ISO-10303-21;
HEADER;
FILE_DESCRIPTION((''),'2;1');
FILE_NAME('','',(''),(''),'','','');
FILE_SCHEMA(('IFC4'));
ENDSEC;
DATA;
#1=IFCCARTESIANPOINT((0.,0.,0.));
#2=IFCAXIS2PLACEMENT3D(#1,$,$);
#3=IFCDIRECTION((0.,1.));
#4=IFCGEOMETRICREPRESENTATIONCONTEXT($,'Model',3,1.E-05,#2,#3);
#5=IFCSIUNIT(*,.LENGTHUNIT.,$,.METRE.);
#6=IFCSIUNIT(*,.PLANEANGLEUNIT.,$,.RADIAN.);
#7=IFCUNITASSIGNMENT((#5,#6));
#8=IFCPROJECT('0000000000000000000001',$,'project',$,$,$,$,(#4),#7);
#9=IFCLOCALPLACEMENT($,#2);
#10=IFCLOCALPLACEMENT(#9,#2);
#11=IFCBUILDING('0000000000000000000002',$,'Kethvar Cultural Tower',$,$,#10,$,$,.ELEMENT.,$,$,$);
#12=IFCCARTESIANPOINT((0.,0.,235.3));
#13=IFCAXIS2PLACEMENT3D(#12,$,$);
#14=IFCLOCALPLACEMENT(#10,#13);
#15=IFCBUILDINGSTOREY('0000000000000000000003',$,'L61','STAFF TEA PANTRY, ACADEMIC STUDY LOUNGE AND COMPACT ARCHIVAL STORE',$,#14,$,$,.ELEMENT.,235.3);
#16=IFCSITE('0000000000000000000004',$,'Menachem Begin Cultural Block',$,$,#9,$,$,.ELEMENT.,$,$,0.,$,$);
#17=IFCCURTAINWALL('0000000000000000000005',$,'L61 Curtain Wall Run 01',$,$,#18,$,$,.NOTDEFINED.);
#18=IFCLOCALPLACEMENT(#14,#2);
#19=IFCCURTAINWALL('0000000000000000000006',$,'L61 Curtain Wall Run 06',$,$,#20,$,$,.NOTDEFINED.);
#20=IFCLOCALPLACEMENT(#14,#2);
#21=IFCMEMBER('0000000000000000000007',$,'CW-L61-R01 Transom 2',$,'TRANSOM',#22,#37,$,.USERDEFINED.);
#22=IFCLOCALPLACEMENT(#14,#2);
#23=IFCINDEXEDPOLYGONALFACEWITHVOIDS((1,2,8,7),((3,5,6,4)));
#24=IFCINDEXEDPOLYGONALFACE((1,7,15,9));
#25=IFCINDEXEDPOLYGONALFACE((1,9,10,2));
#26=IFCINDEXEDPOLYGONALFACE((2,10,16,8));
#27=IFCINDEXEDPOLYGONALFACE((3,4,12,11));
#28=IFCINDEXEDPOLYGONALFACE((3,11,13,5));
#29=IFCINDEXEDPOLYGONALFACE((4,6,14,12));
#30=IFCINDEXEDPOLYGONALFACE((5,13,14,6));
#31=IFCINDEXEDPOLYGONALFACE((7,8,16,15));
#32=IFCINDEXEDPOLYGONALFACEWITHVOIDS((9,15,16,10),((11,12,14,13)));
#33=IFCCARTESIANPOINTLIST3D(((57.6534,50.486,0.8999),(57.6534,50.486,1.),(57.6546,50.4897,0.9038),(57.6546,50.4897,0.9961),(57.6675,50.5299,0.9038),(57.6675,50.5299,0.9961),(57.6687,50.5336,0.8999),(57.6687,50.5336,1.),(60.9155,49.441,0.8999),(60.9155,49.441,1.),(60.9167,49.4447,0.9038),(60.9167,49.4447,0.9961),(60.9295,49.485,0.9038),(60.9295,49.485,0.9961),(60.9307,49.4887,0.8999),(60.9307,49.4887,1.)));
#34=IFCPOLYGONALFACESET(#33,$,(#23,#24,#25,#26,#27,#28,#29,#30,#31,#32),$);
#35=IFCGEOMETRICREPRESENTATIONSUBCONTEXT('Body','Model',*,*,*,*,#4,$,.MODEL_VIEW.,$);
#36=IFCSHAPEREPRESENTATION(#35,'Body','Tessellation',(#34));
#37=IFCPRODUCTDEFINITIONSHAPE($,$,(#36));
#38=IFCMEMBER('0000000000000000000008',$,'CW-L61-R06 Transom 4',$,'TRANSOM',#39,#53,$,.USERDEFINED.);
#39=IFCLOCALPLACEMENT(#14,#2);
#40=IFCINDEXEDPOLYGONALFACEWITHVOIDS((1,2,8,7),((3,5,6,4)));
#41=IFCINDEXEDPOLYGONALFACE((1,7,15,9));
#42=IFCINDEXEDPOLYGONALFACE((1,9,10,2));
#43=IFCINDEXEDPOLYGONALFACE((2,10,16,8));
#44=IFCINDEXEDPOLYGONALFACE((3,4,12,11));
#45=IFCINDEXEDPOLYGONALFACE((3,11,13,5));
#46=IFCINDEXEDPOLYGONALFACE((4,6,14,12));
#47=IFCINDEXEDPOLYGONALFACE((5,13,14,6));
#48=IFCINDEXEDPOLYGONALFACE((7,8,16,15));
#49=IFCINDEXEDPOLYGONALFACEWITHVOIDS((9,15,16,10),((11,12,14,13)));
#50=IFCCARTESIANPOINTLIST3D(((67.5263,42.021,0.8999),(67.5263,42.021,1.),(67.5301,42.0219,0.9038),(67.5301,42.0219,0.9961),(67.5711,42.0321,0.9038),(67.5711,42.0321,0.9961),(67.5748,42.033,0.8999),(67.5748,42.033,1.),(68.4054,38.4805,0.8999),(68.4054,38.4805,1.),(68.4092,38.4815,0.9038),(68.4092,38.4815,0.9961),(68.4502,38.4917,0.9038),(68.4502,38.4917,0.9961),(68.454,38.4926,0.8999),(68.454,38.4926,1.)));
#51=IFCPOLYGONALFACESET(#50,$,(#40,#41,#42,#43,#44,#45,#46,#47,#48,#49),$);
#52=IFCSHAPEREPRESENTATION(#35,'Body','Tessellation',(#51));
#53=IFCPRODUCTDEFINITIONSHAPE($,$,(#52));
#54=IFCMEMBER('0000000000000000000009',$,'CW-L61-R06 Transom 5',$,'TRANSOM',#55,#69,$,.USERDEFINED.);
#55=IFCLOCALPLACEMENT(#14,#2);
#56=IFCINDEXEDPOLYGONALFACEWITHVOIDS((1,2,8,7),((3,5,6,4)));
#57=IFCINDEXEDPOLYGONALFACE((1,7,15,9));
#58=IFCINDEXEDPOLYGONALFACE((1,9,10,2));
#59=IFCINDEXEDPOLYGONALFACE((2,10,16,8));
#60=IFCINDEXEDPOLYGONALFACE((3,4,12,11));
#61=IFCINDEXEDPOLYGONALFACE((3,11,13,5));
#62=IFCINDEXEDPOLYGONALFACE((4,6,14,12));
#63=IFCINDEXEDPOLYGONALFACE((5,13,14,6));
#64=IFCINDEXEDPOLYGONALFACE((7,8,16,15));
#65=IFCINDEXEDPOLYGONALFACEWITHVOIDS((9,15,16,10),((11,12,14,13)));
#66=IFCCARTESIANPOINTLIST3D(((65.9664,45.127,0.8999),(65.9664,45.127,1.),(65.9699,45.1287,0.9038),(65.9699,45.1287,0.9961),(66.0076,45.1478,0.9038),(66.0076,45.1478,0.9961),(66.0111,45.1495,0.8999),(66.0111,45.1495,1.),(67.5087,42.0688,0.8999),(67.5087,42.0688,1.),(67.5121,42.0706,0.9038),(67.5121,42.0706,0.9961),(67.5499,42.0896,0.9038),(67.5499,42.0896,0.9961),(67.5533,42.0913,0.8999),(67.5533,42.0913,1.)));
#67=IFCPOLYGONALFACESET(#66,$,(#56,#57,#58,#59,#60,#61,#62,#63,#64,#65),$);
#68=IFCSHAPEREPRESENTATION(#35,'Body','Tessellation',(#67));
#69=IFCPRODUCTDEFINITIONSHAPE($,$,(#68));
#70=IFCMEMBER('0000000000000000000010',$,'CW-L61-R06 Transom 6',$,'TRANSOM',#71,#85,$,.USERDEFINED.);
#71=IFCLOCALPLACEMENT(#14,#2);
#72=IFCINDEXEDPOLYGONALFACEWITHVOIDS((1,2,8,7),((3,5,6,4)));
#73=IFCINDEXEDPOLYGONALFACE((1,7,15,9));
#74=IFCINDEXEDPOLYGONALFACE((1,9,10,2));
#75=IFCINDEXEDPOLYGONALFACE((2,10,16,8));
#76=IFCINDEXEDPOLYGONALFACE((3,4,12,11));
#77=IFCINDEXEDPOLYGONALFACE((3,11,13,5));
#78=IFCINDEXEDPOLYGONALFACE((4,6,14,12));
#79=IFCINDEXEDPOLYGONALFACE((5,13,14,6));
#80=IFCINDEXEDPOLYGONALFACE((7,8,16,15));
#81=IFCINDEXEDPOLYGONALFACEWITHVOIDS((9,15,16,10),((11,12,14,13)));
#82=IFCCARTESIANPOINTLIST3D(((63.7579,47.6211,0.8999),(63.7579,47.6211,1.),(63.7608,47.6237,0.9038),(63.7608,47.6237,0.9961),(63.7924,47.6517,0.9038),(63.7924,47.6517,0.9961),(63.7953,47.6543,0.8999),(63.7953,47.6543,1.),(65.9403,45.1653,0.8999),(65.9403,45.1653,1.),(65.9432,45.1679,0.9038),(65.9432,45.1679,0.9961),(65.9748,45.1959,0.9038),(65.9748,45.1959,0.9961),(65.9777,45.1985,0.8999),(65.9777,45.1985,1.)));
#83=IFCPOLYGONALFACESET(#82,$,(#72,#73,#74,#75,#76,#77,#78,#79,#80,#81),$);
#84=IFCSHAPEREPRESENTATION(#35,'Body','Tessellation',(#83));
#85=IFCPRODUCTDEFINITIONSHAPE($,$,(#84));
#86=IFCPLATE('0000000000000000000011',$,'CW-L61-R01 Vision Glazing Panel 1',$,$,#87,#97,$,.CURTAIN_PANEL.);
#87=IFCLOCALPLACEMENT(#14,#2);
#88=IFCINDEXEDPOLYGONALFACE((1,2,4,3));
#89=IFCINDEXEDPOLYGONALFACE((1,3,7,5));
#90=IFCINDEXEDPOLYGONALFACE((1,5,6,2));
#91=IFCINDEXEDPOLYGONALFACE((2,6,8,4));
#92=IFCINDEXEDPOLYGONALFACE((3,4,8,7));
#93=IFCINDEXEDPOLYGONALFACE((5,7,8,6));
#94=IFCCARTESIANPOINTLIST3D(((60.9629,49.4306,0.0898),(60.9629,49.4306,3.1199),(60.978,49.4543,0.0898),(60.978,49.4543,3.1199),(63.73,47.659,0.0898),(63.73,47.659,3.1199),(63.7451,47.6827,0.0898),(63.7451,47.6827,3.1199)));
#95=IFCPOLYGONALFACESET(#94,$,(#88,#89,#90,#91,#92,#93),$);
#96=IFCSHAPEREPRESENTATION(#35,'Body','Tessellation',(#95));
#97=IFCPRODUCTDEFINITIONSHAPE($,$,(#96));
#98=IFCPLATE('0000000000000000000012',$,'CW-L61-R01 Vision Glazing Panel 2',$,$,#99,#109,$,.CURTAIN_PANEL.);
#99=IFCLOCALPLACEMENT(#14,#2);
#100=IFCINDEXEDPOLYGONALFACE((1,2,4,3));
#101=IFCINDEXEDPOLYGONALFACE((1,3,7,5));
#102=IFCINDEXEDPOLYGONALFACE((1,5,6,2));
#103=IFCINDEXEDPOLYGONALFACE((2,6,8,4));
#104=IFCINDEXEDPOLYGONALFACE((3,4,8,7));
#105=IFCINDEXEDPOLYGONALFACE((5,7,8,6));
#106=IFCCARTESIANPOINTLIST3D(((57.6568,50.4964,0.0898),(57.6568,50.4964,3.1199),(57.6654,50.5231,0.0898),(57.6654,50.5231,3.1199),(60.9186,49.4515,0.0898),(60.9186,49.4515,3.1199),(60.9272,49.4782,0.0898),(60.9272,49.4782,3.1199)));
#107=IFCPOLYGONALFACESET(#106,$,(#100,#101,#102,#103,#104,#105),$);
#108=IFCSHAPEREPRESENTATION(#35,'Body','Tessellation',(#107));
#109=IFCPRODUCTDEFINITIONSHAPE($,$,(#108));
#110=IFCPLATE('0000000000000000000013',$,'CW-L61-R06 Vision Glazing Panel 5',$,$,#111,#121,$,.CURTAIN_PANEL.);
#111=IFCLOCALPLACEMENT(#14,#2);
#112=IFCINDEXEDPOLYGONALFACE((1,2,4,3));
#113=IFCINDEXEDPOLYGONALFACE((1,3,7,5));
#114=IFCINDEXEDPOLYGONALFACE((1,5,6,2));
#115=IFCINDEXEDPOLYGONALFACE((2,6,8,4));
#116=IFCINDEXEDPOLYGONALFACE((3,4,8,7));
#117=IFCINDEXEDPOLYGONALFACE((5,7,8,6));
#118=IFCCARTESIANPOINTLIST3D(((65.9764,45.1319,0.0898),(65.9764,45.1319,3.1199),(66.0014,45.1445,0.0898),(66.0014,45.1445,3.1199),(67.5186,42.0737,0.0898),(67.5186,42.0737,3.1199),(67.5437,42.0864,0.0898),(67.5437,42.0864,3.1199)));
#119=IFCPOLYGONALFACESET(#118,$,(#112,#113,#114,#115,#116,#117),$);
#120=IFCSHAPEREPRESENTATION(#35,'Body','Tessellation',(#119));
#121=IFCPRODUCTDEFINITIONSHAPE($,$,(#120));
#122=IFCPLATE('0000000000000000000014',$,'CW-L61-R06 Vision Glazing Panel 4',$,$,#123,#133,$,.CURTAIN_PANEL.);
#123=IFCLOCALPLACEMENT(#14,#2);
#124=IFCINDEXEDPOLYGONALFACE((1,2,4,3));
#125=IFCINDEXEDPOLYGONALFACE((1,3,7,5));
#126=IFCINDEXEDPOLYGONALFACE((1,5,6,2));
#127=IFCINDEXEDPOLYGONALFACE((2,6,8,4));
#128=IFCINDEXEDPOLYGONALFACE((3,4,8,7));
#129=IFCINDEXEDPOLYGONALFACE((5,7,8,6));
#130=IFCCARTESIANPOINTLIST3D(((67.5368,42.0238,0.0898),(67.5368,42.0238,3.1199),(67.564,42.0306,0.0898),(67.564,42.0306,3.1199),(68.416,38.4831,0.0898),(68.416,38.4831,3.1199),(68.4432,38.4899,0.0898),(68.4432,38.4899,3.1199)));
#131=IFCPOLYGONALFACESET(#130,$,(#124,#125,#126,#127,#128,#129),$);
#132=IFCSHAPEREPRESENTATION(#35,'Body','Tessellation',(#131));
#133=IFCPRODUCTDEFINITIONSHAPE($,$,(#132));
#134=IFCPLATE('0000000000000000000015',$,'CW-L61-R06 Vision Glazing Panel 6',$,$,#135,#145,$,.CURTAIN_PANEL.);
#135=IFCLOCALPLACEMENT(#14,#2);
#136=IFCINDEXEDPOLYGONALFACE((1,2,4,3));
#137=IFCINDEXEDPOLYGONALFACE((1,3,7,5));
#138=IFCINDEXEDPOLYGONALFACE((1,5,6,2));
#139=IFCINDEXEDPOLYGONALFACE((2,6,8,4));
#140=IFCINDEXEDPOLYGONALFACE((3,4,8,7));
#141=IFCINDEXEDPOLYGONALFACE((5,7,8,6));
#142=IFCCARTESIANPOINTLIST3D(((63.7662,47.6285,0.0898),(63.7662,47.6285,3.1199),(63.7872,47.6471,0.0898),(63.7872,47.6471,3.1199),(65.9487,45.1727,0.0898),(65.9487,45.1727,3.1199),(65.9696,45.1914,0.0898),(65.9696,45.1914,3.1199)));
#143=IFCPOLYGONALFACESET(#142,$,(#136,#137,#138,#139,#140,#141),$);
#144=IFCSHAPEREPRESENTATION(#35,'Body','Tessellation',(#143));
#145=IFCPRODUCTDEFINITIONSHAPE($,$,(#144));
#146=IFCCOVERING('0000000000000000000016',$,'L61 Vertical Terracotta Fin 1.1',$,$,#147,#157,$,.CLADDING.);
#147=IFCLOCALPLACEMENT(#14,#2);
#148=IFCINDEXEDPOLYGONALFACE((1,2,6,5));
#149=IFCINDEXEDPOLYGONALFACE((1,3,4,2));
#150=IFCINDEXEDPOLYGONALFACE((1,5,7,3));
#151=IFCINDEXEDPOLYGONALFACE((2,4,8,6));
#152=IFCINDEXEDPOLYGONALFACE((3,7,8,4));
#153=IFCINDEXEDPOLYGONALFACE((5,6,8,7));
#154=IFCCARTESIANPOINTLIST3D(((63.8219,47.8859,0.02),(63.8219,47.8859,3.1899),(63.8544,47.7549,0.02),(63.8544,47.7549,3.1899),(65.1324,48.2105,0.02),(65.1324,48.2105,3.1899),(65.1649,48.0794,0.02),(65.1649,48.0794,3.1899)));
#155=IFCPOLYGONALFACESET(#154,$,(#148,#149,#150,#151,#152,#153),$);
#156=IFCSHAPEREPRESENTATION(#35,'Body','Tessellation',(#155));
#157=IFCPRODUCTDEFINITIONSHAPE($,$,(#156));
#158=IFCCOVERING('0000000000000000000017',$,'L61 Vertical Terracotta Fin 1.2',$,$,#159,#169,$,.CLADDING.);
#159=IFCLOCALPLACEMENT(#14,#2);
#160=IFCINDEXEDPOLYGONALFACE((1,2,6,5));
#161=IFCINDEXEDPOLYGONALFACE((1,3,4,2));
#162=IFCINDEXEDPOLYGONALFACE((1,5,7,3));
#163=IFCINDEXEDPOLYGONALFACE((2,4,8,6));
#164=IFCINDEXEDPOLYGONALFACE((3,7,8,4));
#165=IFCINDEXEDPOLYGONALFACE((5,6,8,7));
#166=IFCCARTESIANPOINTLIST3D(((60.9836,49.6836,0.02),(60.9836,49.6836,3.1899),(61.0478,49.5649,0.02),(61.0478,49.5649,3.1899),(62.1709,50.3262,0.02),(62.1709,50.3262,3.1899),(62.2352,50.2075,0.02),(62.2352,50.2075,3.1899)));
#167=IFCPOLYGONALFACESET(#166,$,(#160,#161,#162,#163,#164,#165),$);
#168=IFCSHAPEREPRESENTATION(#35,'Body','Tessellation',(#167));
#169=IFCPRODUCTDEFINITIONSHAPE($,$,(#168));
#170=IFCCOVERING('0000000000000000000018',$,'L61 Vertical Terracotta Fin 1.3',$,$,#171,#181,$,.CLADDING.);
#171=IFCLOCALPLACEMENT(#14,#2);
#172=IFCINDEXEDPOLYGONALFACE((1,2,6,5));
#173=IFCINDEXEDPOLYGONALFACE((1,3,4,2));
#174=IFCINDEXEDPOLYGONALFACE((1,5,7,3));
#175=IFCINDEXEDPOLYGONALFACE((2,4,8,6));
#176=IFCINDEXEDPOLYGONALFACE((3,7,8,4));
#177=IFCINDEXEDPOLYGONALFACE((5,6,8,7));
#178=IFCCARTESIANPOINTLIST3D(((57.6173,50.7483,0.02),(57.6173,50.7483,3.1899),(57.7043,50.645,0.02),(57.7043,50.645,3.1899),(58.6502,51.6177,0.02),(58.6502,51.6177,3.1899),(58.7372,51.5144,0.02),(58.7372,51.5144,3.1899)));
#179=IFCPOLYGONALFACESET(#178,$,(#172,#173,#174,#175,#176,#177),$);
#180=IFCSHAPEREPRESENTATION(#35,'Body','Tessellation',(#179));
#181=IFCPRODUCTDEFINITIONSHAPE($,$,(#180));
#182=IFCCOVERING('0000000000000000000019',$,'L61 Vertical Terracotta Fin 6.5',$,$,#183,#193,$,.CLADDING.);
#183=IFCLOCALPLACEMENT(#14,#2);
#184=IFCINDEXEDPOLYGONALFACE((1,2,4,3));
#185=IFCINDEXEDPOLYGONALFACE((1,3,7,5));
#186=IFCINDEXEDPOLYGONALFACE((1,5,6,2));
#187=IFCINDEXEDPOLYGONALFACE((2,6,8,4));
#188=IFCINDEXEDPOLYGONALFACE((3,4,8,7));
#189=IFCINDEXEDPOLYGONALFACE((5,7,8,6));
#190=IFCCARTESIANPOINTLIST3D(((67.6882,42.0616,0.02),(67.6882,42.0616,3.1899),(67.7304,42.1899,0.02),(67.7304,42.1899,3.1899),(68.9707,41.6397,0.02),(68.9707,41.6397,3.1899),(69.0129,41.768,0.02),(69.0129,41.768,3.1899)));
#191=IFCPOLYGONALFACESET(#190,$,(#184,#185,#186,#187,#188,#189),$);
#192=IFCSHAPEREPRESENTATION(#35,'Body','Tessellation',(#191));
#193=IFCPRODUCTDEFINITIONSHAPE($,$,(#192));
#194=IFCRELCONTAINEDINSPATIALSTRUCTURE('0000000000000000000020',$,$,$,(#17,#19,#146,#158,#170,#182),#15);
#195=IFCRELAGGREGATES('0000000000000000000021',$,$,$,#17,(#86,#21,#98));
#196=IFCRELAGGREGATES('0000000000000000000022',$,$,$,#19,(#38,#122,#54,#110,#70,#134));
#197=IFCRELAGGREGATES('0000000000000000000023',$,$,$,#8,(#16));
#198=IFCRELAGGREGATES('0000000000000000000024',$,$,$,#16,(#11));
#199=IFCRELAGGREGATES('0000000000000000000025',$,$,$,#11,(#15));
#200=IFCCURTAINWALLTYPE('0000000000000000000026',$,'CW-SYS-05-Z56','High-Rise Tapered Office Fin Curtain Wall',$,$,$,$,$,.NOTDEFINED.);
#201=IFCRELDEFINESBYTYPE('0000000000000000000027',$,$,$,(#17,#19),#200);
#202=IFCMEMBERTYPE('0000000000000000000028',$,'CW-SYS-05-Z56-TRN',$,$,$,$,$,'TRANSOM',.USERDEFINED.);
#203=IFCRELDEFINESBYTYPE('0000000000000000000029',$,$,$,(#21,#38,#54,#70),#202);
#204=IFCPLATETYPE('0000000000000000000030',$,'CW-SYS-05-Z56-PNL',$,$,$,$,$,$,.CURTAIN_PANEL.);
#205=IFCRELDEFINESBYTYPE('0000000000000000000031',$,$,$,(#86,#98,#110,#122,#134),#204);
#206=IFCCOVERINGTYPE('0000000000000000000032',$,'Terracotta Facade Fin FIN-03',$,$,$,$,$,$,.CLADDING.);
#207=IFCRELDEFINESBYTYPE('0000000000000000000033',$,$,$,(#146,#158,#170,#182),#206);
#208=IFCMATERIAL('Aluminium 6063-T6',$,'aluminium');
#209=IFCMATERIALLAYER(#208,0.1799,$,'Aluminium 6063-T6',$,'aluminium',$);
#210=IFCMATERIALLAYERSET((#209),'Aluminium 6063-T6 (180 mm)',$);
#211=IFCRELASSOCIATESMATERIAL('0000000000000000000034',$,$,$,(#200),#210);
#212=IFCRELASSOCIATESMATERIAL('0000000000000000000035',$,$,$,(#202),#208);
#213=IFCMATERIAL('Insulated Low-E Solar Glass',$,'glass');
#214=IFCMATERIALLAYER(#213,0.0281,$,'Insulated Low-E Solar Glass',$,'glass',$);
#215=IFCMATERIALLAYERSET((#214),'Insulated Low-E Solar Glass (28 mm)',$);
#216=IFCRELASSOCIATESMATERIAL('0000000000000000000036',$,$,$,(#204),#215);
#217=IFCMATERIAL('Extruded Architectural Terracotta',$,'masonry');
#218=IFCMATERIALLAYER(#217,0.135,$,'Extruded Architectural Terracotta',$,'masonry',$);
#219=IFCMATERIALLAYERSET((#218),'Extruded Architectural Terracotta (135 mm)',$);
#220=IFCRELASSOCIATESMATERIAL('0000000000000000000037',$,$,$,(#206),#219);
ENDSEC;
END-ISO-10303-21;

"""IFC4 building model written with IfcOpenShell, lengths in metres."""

from ifc_helpers import new_model, si_unit, direction, frame, origin, origin_2d, place, context, subcontext, project, spatial, rectangle, hollow_rectangle, extrude, source, transform, mapped, material, layer, layer_set, material_profile, profile_set, type_object, element, aggregate, save


model = new_model("IFC4")

# Units and contexts
model_context = context("Model", 3, precision=1e-05, world=origin(), true_north=direction((0.0, 1.0)))
body_context = subcontext(model_context, "Body", "Model", "MODEL_VIEW")
ifc_project = project(units=[si_unit("LENGTHUNIT", "METRE"), si_unit("PLANEANGLEUNIT", "RADIAN")], contexts=[model_context])

# Site, building, storey
site_placement = place(None, origin())
site = spatial("IfcSite", under=ifc_project, at=site_placement, Name="Menachem Begin Cultural Block", CompositionType="ELEMENT", RefElevation=0.0)
building_placement = place(site_placement, origin())
building = spatial("IfcBuilding", under=site, at=building_placement, Name="Kethvar Cultural Tower", CompositionType="ELEMENT")
storey_placement = place(building_placement, frame((0.0, 0.0, 235.3)))
storey = spatial("IfcBuildingStorey", under=building, at=storey_placement, Name="L61", Description="STAFF TEA PANTRY, ACADEMIC STUDY LOUNGE AND COMPACT ARCHIVAL STORE", CompositionType="ELEMENT", Elevation=235.3)

# Curtain walls
ifc_material_1 = material(Name="Aluminium 6063-T6", Category="aluminium")
ifc_layer_1 = layer(ifc_material_1, 0.1799, Name="Aluminium 6063-T6", Category="aluminium")
ifc_layer_set_1 = layer_set([ifc_layer_1], Name="Aluminium 6063-T6 (180 mm)")
curtain_wall_type = type_object("IfcCurtainWallType", Name="CW-SYS-05-Z56", Description="High-Rise Tapered Office Fin Curtain Wall", PredefinedType="NOTDEFINED", material=ifc_layer_set_1)
curtain_wall_1_placement = place(storey_placement, origin())
curtain_wall_1 = element("IfcCurtainWall", 1, at=curtain_wall_1_placement, inside=storey, type_object=curtain_wall_type, Name="L61 Curtain Wall Run 01", PredefinedType="NOTDEFINED")
curtain_wall_2_placement = place(storey_placement, origin())
curtain_wall_2 = element("IfcCurtainWall", 2, at=curtain_wall_2_placement, inside=storey, type_object=curtain_wall_type, Name="L61 Curtain Wall Run 06", PredefinedType="NOTDEFINED")

# Members
ifc_material_profile_1 = material_profile(ifc_material_1, hollow_rectangle(XDim=0.05, YDim=0.1001, WallThickness=0.0039, at=origin_2d()), Name="Aluminium 6063-T6 — RHS100x50x4")
ifc_profile_set_1 = profile_set([ifc_material_profile_1], Name="Aluminium 6063-T6 — RHS100x50x4")
member_type_1 = type_object("IfcMemberType", Name="CW-SYS-05-Z56-TRN", ElementType="TRANSOM", PredefinedType="USERDEFINED", material=ifc_profile_set_1)
shared_shape_1 = source(origin(), body_context, "Body", "SweptSolid", [
    extrude(hollow_rectangle(XDim=0.05, YDim=0.1001, WallThickness=0.0039, at=origin_2d()), origin(), (0.0, 0.0, 1.0), 3.4253),
])
member_1_placement = place(storey_placement, frame((60.9231, 49.4648, 0.95), z_axis=(-0.952331, 0.305065, 0.0), x_axis=(-0.305065, -0.952331, 0.0)))
member_1 = element("IfcMember", 3, at=member_1_placement, type_object=member_type_1, Name="CW-L61-R01 Transom 2", ObjectType="TRANSOM", PredefinedType="USERDEFINED", context=body_context, shape_type="MappedRepresentation", body=[
    mapped(shared_shape_1, transform((0.0, 0.0, 0.0), scale=1.0)),
])
shared_shape_2 = source(origin(), body_context, "Body", "SweptSolid", [
    extrude(hollow_rectangle(XDim=0.05, YDim=0.1001, WallThickness=0.0039, at=origin_2d()), origin(), (0.0, 0.0, 1.0), 3.6479),
])
member_2_placement = place(storey_placement, frame((68.4297, 38.4866, 0.95), z_axis=(-0.240992, 0.970527, 0.0), x_axis=(-0.970527, -0.240992, 0.0)))
member_2 = element("IfcMember", 4, at=member_2_placement, type_object=member_type_1, Name="CW-L61-R06 Transom 4", ObjectType="TRANSOM", PredefinedType="USERDEFINED", context=body_context, shape_type="MappedRepresentation", body=[
    mapped(shared_shape_2, transform((0.0, 0.0, 0.0), scale=1.0)),
])
shared_shape_3 = source(origin(), body_context, "Body", "SweptSolid", [
    extrude(hollow_rectangle(XDim=0.05, YDim=0.1001, WallThickness=0.0039, at=origin_2d()), origin(), (0.0, 0.0, 1.0), 3.425),
])
member_3_placement = place(storey_placement, frame((67.531, 42.0801, 0.95), z_axis=(-0.45029, 0.892882, 0.0), x_axis=(-0.892882, -0.45029, 0.0)))
member_3 = element("IfcMember", 5, at=member_3_placement, type_object=member_type_1, Name="CW-L61-R06 Transom 5", ObjectType="TRANSOM", PredefinedType="USERDEFINED", context=body_context, shape_type="MappedRepresentation", body=[
    mapped(shared_shape_3, transform((0.0, 0.0, 0.0), scale=1.0)),
])
shared_shape_4 = source(origin(), body_context, "Body", "SweptSolid", [
    extrude(hollow_rectangle(XDim=0.05, YDim=0.1001, WallThickness=0.0039, at=origin_2d()), origin(), (0.0, 0.0, 1.0), 3.2854),
])
member_4_placement = place(storey_placement, frame((65.959, 45.1819, 0.95), z_axis=(-0.664267, 0.747495, 0.0), x_axis=(-0.747495, -0.664267, 0.0)))
member_4 = element("IfcMember", 6, at=member_4_placement, type_object=member_type_1, Name="CW-L61-R06 Transom 6", ObjectType="TRANSOM", PredefinedType="USERDEFINED", context=body_context, shape_type="MappedRepresentation", body=[
    mapped(shared_shape_4, transform((0.0, 0.0, 0.0), scale=1.0)),
])

# Plates
ifc_material_2 = material(Name="Insulated Low-E Solar Glass", Category="glass")
ifc_layer_2 = layer(ifc_material_2, 0.0281, Name="Insulated Low-E Solar Glass", Category="glass")
ifc_layer_set_2 = layer_set([ifc_layer_2], Name="Insulated Low-E Solar Glass (28 mm)")
plate_type = type_object("IfcPlateType", Name="CW-SYS-05-Z56-PNL", PredefinedType="CURTAIN_PANEL", material=ifc_layer_set_2)
shared_shape_5 = source(origin(), body_context, "Body", "SweptSolid", [
    extrude(rectangle(XDim=3.2856, YDim=0.0281, at=origin_2d()), origin(), (0.0, 0.0, 1.0), 3.03),
])
plate_1_placement = place(storey_placement, frame((62.354, 48.5566, 0.0898), z_axis=(0.0, 0.0, 1.0), x_axis=(-0.84218, 0.539197, 0.0)))
plate_1 = element("IfcPlate", 7, at=plate_1_placement, type_object=plate_type, Name="CW-L61-R01 Vision Glazing Panel 1", PredefinedType="CURTAIN_PANEL", context=body_context, shape_type="MappedRepresentation", body=[
    mapped(shared_shape_5, transform((0.0, 0.0, 0.0), scale=1.0)),
])
shared_shape_6 = source(origin(), body_context, "Body", "SweptSolid", [
    extrude(rectangle(XDim=3.425, YDim=0.0281, at=origin_2d()), origin(), (0.0, 0.0, 1.0), 3.03),
])
plate_2_placement = place(storey_placement, frame((59.292, 49.9873, 0.0898), z_axis=(0.0, 0.0, 1.0), x_axis=(-0.952332, 0.305064, 0.0)))
plate_2 = element("IfcPlate", 8, at=plate_2_placement, type_object=plate_type, Name="CW-L61-R01 Vision Glazing Panel 2", PredefinedType="CURTAIN_PANEL", context=body_context, shape_type="MappedRepresentation", body=[
    mapped(shared_shape_6, transform((0.0, 0.0, 0.0), scale=1.0)),
])
aggregate(curtain_wall_1, [plate_1, member_1, plate_2])
plate_3_placement = place(storey_placement, frame((66.76, 43.6091, 0.0898), z_axis=(0.0, 0.0, 1.0), x_axis=(-0.450285, 0.892885, 0.0)))
plate_3 = element("IfcPlate", 9, at=plate_3_placement, type_object=plate_type, Name="CW-L61-R06 Vision Glazing Panel 5", PredefinedType="CURTAIN_PANEL", context=body_context, shape_type="MappedRepresentation", body=[
    mapped(shared_shape_6, transform((0.0, 0.0, 0.0), scale=1.0)),
])
shared_shape_7 = source(origin(), body_context, "Body", "SweptSolid", [
    extrude(rectangle(XDim=3.6482, YDim=0.0281, at=origin_2d()), origin(), (0.0, 0.0, 1.0), 3.03),
])
plate_4_placement = place(storey_placement, frame((67.99, 40.2568, 0.0898), z_axis=(0.0, 0.0, 1.0), x_axis=(-0.24099, 0.970528, 0.0)))
plate_4 = element("IfcPlate", 10, at=plate_4_placement, type_object=plate_type, Name="CW-L61-R06 Vision Glazing Panel 4", PredefinedType="CURTAIN_PANEL", context=body_context, shape_type="MappedRepresentation", body=[
    mapped(shared_shape_7, transform((0.0, 0.0, 0.0), scale=1.0)),
])
shared_shape_8 = source(origin(), body_context, "Body", "SweptSolid", [
    extrude(rectangle(XDim=3.2854, YDim=0.0281, at=origin_2d()), origin(), (0.0, 0.0, 1.0), 3.03),
])
plate_5_placement = place(storey_placement, frame((64.8679, 46.4099, 0.0898), z_axis=(0.0, 0.0, 1.0), x_axis=(-0.664292, 0.747474, 0.0)))
plate_5 = element("IfcPlate", 11, at=plate_5_placement, type_object=plate_type, Name="CW-L61-R06 Vision Glazing Panel 6", PredefinedType="CURTAIN_PANEL", context=body_context, shape_type="MappedRepresentation", body=[
    mapped(shared_shape_8, transform((0.0, 0.0, 0.0), scale=1.0)),
])
aggregate(curtain_wall_2, [member_2, plate_4, member_3, plate_3, member_4, plate_5])

# Coverings
ifc_material_3 = material(Name="Extruded Architectural Terracotta", Category="masonry")
ifc_layer_3 = layer(ifc_material_3, 0.135, Name="Extruded Architectural Terracotta", Category="masonry")
ifc_layer_set_3 = layer_set([ifc_layer_3], Name="Extruded Architectural Terracotta (135 mm)")
covering_type = type_object("IfcCoveringType", Name="Terracotta Facade Fin FIN-03", PredefinedType="CLADDING", material=ifc_layer_set_3)
shared_shape_9 = source(origin(), body_context, "Body", "SweptSolid", [
    extrude(rectangle(XDim=1.3501, YDim=0.135, at=origin_2d()), origin(), (0.0, 0.0, 1.0), 3.1699),
])
for number, where, z_axis, x_axis, name in (
    (12, (64.4934, 47.9827, 0.02), (0.0, 0.0, 1.0), (0.970675, 0.240397, 0.0), "L61 Vertical Terracotta Fin 1.1"),
    (13, (61.6094, 49.9456, 0.02), (0.0, 0.0, 1.0), (0.879482, 0.475931, 0.0), "L61 Vertical Terracotta Fin 1.2"),
    (14, (58.1772, 51.1313, 0.02), (0.0, 0.0, 1.0), (0.765034, 0.64399, 0.0), "L61 Vertical Terracotta Fin 1.3"),
    (15, (68.3506, 41.9148, 0.02), (0.0, 0.0, 1.0), (0.949918, -0.312501, 0.0), "L61 Vertical Terracotta Fin 6.5"),
):
    element("IfcCovering", number, at=place(storey_placement, frame(where, z_axis=z_axis, x_axis=x_axis)), inside=storey, type_object=covering_type, Name=name, PredefinedType="CLADDING", context=body_context, shape_type="MappedRepresentation", body=[
        mapped(shared_shape_9, transform((0.0, 0.0, 0.0), scale=1.0)),
    ])

save(model, "model.ifc")
